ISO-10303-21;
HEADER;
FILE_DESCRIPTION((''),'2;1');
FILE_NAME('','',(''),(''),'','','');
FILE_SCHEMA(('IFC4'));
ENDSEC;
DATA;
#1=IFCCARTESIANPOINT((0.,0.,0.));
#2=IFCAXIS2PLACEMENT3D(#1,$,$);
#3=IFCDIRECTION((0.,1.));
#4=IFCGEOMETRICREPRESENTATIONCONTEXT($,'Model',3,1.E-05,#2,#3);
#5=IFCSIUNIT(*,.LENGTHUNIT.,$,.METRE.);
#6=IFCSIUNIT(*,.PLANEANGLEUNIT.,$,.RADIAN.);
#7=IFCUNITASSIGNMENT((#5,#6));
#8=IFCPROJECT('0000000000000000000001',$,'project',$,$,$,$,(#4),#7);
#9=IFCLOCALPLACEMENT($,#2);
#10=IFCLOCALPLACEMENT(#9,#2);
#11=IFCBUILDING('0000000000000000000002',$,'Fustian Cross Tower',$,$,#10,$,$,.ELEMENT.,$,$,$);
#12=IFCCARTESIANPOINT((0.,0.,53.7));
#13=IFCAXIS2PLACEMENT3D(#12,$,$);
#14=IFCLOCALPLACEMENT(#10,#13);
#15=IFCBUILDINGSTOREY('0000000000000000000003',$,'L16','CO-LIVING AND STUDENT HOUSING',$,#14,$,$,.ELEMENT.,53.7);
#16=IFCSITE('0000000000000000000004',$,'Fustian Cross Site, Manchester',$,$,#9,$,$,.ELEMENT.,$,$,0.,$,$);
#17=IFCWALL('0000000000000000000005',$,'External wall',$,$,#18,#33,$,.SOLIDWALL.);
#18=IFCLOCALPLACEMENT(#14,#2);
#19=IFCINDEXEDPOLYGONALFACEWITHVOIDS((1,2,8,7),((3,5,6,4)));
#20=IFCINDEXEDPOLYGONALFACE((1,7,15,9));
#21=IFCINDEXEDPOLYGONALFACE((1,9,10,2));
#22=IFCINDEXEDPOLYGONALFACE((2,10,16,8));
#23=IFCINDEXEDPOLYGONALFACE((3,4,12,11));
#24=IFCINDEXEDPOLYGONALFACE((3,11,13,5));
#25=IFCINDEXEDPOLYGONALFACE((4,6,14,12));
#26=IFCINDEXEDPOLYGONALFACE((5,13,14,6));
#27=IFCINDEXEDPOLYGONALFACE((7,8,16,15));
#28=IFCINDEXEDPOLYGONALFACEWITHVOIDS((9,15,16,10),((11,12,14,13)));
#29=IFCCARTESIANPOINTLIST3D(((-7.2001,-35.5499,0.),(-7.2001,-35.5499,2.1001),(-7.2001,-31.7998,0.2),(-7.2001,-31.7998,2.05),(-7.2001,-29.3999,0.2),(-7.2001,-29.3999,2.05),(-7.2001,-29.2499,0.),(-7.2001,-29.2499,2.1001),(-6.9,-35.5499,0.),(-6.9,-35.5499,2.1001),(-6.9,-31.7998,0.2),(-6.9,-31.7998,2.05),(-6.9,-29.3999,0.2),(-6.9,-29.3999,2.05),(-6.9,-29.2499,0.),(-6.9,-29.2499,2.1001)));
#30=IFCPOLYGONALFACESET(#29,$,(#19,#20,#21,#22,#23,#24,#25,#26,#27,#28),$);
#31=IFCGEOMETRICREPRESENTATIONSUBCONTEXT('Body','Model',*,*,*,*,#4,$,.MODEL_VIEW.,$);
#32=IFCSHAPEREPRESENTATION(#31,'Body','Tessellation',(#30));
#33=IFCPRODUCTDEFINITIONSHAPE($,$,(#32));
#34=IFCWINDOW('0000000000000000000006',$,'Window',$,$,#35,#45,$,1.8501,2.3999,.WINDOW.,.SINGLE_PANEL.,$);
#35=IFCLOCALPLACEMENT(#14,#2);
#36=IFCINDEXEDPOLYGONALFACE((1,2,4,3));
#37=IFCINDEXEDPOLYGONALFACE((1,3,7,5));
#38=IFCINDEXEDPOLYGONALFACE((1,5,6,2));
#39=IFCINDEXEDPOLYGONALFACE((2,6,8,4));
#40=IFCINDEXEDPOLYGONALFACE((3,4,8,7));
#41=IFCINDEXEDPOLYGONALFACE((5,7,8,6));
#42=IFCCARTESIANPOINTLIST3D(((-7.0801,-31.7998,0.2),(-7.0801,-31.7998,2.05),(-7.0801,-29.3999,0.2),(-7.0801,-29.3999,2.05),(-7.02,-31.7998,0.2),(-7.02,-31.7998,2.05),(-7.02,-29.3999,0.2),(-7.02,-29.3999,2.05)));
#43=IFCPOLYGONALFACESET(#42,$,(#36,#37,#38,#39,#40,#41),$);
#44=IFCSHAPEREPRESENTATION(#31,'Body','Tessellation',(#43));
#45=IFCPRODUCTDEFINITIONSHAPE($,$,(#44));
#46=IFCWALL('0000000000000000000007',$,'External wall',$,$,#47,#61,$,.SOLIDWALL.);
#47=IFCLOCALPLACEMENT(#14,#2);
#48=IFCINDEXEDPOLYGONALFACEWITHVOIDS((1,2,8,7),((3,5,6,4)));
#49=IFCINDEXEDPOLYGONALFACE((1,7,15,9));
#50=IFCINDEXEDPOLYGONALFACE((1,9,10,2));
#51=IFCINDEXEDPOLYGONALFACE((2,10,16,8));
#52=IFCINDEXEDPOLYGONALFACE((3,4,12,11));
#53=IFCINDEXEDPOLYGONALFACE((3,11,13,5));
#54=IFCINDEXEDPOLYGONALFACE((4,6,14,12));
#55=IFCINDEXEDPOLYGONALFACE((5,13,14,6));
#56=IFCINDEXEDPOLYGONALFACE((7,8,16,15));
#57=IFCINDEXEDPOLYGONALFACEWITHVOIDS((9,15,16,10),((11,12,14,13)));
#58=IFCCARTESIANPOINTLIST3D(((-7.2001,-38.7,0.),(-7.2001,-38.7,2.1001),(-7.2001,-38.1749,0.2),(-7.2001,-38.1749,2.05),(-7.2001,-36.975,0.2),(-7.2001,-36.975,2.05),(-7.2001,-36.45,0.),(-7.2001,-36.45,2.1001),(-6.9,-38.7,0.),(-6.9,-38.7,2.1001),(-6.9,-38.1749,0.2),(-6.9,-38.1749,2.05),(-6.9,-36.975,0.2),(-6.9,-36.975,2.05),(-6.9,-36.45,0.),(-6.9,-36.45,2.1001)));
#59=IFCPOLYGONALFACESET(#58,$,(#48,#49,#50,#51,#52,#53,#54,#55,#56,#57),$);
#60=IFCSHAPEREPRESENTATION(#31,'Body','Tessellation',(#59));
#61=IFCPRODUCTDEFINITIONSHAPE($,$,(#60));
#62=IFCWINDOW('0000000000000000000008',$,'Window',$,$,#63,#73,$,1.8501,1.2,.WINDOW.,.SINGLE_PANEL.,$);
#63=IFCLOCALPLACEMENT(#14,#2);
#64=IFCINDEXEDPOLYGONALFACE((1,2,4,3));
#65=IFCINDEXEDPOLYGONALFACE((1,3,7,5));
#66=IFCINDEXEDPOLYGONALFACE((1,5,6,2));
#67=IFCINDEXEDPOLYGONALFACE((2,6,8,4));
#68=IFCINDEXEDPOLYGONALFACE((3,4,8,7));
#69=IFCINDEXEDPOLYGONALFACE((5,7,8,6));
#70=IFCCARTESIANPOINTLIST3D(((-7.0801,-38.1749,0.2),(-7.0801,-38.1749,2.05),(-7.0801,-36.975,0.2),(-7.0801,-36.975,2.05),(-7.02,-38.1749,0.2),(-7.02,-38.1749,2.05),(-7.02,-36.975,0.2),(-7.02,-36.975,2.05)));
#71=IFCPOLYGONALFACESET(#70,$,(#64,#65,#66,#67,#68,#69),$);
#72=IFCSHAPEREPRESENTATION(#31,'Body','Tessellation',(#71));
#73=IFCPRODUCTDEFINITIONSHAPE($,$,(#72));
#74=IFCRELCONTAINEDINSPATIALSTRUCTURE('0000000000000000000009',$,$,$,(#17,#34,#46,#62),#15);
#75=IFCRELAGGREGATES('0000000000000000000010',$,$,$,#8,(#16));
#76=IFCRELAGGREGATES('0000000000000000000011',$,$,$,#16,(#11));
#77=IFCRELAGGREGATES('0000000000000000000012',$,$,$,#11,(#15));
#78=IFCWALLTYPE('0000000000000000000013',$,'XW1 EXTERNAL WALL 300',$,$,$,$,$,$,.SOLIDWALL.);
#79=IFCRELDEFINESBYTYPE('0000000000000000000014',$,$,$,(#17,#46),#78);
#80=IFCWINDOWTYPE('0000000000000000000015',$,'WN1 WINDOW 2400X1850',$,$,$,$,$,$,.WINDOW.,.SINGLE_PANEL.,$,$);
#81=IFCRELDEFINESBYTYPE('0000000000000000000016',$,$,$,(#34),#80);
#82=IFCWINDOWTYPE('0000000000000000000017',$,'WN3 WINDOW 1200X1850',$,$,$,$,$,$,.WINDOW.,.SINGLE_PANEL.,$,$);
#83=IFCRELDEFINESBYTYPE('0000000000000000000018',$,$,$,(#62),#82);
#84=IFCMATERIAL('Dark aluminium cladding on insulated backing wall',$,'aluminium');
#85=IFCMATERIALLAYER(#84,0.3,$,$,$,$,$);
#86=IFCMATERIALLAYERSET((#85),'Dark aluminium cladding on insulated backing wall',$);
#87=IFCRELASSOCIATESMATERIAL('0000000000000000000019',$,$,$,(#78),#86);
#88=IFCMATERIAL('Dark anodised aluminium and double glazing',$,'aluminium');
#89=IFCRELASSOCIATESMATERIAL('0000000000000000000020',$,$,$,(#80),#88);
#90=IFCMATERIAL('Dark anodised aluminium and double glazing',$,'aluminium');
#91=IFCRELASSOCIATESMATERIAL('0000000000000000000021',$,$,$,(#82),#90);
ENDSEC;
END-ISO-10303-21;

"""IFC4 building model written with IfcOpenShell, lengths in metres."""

from ifc_helpers import new_model, si_unit, direction, frame, frame_2d, origin, place, context, subcontext, project, spatial, rectangle, extrude, material, layer, layer_set, type_object, element, fill, save


model = new_model("IFC4")

# Units and contexts
model_context = context("Model", 3, precision=1e-05, world=origin(), true_north=direction((0.0, 1.0)))
body_context = subcontext(model_context, "Body", "Model", "MODEL_VIEW")
ifc_project = project(units=[si_unit("LENGTHUNIT", "METRE"), si_unit("PLANEANGLEUNIT", "RADIAN")], contexts=[model_context])

# Site, building, storey
site_placement = place(None, origin())
site = spatial("IfcSite", under=ifc_project, at=site_placement, Name="Fustian Cross Site, Manchester", CompositionType="ELEMENT", RefElevation=0.0)
building_placement = place(site_placement, origin())
building = spatial("IfcBuilding", under=site, at=building_placement, Name="Fustian Cross Tower", CompositionType="ELEMENT")
storey_placement = place(building_placement, frame((0.0, 0.0, 53.7)))
storey = spatial("IfcBuildingStorey", under=building, at=storey_placement, Name="L16", Description="CO-LIVING AND STUDENT HOUSING", CompositionType="ELEMENT", Elevation=53.7)

# Walls, openings, windows
ifc_material_1 = material(Name="Dark aluminium cladding on insulated backing wall", Category="aluminium")
ifc_layer_1 = layer(ifc_material_1, 0.3)
ifc_layer_set_1 = layer_set([ifc_layer_1], Name="Dark aluminium cladding on insulated backing wall")
wall_type_1 = type_object("IfcWallType", Name="XW1 EXTERNAL WALL 300", PredefinedType="SOLIDWALL", material=ifc_layer_set_1)
wall_1_placement = place(storey_placement, frame((-7.05, -29.25, 0.0), z_axis=(0.0, 0.0, 1.0), x_axis=(0.0, -1.0, 0.0)))
wall_1 = element("IfcWall", 1, at=wall_1_placement, inside=storey, type_object=wall_type_1, Name="External wall", PredefinedType="SOLIDWALL", context=body_context, shape_type="SweptSolid", body=[
    extrude(rectangle(XDim=6.3, YDim=0.3, at=frame_2d((3.1499, 0.0))), origin(), (0.0, 0.0, 1.0), 2.1001),
])
opening_1_placement = place(wall_1_placement, frame((0.1499, 0.0, 0.2)))
opening_1 = element("IfcOpeningElement", 2, at=opening_1_placement, cuts=wall_1, PredefinedType="OPENING", context=body_context, shape_type="SweptSolid", body=[
    extrude(rectangle(XDim=2.3999, YDim=1.8501, at=frame_2d((1.2, 0.925))), frame((0.0, 0.1599, 0.0), z_axis=(0.0, -1.0, 0.0), x_axis=(1.0, 0.0, 0.0)), (0.0, 0.0, 1.0), 0.3201),
])
ifc_material_2 = material(Name="Dark anodised aluminium and double glazing", Category="aluminium")
window_type_1 = type_object("IfcWindowType", Name="WN1 WINDOW 2400X1850", PartitioningType="SINGLE_PANEL", PredefinedType="WINDOW", material=ifc_material_2)
window_1_placement = place(opening_1_placement, origin())
window_1 = element("IfcWindow", 3, at=window_1_placement, inside=storey, type_object=window_type_1, Name="Window", OverallHeight=1.8501, OverallWidth=2.3999, PartitioningType="SINGLE_PANEL", PredefinedType="WINDOW", context=body_context, shape_type="SweptSolid", body=[
    extrude(rectangle(XDim=2.3999, YDim=1.8501, at=frame_2d((1.2, 0.925))), frame((0.0, 0.03, 0.0), z_axis=(0.0, -1.0, 0.0), x_axis=(1.0, 0.0, 0.0)), (0.0, 0.0, 1.0), 0.0601),
])
fill(opening_1, window_1)
wall_2_placement = place(storey_placement, frame((-7.05, -36.45, 0.0), z_axis=(0.0, 0.0, 1.0), x_axis=(0.0, -1.0, 0.0)))
wall_2 = element("IfcWall", 4, at=wall_2_placement, inside=storey, type_object=wall_type_1, Name="External wall", PredefinedType="SOLIDWALL", context=body_context, shape_type="SweptSolid", body=[
    extrude(rectangle(XDim=2.25, YDim=0.3, at=frame_2d((1.125, 0.0))), origin(), (0.0, 0.0, 1.0), 2.1001),
])
opening_2_placement = place(wall_2_placement, frame((0.5249, 0.0, 0.2)))
opening_2 = element("IfcOpeningElement", 5, at=opening_2_placement, cuts=wall_2, PredefinedType="OPENING", context=body_context, shape_type="SweptSolid", body=[
    extrude(rectangle(XDim=1.2, YDim=1.8501, at=frame_2d((0.6001, 0.925))), frame((0.0, 0.1599, 0.0), z_axis=(0.0, -1.0, 0.0), x_axis=(1.0, 0.0, 0.0)), (0.0, 0.0, 1.0), 0.3201),
])
ifc_material_3 = material(Name="Dark anodised aluminium and double glazing", Category="aluminium")
window_type_2 = type_object("IfcWindowType", Name="WN3 WINDOW 1200X1850", PartitioningType="SINGLE_PANEL", PredefinedType="WINDOW", material=ifc_material_3)
window_2_placement = place(opening_2_placement, origin())
window_2 = element("IfcWindow", 6, at=window_2_placement, inside=storey, type_object=window_type_2, Name="Window", OverallHeight=1.8501, OverallWidth=1.2, PartitioningType="SINGLE_PANEL", PredefinedType="WINDOW", context=body_context, shape_type="SweptSolid", body=[
    extrude(rectangle(XDim=1.2, YDim=1.8501, at=frame_2d((0.6001, 0.925))), frame((0.0, 0.03, 0.0), z_axis=(0.0, -1.0, 0.0), x_axis=(1.0, 0.0, 0.0)), (0.0, 0.0, 1.0), 0.0601),
])
fill(opening_2, window_2)

save(model, "model.ifc")
